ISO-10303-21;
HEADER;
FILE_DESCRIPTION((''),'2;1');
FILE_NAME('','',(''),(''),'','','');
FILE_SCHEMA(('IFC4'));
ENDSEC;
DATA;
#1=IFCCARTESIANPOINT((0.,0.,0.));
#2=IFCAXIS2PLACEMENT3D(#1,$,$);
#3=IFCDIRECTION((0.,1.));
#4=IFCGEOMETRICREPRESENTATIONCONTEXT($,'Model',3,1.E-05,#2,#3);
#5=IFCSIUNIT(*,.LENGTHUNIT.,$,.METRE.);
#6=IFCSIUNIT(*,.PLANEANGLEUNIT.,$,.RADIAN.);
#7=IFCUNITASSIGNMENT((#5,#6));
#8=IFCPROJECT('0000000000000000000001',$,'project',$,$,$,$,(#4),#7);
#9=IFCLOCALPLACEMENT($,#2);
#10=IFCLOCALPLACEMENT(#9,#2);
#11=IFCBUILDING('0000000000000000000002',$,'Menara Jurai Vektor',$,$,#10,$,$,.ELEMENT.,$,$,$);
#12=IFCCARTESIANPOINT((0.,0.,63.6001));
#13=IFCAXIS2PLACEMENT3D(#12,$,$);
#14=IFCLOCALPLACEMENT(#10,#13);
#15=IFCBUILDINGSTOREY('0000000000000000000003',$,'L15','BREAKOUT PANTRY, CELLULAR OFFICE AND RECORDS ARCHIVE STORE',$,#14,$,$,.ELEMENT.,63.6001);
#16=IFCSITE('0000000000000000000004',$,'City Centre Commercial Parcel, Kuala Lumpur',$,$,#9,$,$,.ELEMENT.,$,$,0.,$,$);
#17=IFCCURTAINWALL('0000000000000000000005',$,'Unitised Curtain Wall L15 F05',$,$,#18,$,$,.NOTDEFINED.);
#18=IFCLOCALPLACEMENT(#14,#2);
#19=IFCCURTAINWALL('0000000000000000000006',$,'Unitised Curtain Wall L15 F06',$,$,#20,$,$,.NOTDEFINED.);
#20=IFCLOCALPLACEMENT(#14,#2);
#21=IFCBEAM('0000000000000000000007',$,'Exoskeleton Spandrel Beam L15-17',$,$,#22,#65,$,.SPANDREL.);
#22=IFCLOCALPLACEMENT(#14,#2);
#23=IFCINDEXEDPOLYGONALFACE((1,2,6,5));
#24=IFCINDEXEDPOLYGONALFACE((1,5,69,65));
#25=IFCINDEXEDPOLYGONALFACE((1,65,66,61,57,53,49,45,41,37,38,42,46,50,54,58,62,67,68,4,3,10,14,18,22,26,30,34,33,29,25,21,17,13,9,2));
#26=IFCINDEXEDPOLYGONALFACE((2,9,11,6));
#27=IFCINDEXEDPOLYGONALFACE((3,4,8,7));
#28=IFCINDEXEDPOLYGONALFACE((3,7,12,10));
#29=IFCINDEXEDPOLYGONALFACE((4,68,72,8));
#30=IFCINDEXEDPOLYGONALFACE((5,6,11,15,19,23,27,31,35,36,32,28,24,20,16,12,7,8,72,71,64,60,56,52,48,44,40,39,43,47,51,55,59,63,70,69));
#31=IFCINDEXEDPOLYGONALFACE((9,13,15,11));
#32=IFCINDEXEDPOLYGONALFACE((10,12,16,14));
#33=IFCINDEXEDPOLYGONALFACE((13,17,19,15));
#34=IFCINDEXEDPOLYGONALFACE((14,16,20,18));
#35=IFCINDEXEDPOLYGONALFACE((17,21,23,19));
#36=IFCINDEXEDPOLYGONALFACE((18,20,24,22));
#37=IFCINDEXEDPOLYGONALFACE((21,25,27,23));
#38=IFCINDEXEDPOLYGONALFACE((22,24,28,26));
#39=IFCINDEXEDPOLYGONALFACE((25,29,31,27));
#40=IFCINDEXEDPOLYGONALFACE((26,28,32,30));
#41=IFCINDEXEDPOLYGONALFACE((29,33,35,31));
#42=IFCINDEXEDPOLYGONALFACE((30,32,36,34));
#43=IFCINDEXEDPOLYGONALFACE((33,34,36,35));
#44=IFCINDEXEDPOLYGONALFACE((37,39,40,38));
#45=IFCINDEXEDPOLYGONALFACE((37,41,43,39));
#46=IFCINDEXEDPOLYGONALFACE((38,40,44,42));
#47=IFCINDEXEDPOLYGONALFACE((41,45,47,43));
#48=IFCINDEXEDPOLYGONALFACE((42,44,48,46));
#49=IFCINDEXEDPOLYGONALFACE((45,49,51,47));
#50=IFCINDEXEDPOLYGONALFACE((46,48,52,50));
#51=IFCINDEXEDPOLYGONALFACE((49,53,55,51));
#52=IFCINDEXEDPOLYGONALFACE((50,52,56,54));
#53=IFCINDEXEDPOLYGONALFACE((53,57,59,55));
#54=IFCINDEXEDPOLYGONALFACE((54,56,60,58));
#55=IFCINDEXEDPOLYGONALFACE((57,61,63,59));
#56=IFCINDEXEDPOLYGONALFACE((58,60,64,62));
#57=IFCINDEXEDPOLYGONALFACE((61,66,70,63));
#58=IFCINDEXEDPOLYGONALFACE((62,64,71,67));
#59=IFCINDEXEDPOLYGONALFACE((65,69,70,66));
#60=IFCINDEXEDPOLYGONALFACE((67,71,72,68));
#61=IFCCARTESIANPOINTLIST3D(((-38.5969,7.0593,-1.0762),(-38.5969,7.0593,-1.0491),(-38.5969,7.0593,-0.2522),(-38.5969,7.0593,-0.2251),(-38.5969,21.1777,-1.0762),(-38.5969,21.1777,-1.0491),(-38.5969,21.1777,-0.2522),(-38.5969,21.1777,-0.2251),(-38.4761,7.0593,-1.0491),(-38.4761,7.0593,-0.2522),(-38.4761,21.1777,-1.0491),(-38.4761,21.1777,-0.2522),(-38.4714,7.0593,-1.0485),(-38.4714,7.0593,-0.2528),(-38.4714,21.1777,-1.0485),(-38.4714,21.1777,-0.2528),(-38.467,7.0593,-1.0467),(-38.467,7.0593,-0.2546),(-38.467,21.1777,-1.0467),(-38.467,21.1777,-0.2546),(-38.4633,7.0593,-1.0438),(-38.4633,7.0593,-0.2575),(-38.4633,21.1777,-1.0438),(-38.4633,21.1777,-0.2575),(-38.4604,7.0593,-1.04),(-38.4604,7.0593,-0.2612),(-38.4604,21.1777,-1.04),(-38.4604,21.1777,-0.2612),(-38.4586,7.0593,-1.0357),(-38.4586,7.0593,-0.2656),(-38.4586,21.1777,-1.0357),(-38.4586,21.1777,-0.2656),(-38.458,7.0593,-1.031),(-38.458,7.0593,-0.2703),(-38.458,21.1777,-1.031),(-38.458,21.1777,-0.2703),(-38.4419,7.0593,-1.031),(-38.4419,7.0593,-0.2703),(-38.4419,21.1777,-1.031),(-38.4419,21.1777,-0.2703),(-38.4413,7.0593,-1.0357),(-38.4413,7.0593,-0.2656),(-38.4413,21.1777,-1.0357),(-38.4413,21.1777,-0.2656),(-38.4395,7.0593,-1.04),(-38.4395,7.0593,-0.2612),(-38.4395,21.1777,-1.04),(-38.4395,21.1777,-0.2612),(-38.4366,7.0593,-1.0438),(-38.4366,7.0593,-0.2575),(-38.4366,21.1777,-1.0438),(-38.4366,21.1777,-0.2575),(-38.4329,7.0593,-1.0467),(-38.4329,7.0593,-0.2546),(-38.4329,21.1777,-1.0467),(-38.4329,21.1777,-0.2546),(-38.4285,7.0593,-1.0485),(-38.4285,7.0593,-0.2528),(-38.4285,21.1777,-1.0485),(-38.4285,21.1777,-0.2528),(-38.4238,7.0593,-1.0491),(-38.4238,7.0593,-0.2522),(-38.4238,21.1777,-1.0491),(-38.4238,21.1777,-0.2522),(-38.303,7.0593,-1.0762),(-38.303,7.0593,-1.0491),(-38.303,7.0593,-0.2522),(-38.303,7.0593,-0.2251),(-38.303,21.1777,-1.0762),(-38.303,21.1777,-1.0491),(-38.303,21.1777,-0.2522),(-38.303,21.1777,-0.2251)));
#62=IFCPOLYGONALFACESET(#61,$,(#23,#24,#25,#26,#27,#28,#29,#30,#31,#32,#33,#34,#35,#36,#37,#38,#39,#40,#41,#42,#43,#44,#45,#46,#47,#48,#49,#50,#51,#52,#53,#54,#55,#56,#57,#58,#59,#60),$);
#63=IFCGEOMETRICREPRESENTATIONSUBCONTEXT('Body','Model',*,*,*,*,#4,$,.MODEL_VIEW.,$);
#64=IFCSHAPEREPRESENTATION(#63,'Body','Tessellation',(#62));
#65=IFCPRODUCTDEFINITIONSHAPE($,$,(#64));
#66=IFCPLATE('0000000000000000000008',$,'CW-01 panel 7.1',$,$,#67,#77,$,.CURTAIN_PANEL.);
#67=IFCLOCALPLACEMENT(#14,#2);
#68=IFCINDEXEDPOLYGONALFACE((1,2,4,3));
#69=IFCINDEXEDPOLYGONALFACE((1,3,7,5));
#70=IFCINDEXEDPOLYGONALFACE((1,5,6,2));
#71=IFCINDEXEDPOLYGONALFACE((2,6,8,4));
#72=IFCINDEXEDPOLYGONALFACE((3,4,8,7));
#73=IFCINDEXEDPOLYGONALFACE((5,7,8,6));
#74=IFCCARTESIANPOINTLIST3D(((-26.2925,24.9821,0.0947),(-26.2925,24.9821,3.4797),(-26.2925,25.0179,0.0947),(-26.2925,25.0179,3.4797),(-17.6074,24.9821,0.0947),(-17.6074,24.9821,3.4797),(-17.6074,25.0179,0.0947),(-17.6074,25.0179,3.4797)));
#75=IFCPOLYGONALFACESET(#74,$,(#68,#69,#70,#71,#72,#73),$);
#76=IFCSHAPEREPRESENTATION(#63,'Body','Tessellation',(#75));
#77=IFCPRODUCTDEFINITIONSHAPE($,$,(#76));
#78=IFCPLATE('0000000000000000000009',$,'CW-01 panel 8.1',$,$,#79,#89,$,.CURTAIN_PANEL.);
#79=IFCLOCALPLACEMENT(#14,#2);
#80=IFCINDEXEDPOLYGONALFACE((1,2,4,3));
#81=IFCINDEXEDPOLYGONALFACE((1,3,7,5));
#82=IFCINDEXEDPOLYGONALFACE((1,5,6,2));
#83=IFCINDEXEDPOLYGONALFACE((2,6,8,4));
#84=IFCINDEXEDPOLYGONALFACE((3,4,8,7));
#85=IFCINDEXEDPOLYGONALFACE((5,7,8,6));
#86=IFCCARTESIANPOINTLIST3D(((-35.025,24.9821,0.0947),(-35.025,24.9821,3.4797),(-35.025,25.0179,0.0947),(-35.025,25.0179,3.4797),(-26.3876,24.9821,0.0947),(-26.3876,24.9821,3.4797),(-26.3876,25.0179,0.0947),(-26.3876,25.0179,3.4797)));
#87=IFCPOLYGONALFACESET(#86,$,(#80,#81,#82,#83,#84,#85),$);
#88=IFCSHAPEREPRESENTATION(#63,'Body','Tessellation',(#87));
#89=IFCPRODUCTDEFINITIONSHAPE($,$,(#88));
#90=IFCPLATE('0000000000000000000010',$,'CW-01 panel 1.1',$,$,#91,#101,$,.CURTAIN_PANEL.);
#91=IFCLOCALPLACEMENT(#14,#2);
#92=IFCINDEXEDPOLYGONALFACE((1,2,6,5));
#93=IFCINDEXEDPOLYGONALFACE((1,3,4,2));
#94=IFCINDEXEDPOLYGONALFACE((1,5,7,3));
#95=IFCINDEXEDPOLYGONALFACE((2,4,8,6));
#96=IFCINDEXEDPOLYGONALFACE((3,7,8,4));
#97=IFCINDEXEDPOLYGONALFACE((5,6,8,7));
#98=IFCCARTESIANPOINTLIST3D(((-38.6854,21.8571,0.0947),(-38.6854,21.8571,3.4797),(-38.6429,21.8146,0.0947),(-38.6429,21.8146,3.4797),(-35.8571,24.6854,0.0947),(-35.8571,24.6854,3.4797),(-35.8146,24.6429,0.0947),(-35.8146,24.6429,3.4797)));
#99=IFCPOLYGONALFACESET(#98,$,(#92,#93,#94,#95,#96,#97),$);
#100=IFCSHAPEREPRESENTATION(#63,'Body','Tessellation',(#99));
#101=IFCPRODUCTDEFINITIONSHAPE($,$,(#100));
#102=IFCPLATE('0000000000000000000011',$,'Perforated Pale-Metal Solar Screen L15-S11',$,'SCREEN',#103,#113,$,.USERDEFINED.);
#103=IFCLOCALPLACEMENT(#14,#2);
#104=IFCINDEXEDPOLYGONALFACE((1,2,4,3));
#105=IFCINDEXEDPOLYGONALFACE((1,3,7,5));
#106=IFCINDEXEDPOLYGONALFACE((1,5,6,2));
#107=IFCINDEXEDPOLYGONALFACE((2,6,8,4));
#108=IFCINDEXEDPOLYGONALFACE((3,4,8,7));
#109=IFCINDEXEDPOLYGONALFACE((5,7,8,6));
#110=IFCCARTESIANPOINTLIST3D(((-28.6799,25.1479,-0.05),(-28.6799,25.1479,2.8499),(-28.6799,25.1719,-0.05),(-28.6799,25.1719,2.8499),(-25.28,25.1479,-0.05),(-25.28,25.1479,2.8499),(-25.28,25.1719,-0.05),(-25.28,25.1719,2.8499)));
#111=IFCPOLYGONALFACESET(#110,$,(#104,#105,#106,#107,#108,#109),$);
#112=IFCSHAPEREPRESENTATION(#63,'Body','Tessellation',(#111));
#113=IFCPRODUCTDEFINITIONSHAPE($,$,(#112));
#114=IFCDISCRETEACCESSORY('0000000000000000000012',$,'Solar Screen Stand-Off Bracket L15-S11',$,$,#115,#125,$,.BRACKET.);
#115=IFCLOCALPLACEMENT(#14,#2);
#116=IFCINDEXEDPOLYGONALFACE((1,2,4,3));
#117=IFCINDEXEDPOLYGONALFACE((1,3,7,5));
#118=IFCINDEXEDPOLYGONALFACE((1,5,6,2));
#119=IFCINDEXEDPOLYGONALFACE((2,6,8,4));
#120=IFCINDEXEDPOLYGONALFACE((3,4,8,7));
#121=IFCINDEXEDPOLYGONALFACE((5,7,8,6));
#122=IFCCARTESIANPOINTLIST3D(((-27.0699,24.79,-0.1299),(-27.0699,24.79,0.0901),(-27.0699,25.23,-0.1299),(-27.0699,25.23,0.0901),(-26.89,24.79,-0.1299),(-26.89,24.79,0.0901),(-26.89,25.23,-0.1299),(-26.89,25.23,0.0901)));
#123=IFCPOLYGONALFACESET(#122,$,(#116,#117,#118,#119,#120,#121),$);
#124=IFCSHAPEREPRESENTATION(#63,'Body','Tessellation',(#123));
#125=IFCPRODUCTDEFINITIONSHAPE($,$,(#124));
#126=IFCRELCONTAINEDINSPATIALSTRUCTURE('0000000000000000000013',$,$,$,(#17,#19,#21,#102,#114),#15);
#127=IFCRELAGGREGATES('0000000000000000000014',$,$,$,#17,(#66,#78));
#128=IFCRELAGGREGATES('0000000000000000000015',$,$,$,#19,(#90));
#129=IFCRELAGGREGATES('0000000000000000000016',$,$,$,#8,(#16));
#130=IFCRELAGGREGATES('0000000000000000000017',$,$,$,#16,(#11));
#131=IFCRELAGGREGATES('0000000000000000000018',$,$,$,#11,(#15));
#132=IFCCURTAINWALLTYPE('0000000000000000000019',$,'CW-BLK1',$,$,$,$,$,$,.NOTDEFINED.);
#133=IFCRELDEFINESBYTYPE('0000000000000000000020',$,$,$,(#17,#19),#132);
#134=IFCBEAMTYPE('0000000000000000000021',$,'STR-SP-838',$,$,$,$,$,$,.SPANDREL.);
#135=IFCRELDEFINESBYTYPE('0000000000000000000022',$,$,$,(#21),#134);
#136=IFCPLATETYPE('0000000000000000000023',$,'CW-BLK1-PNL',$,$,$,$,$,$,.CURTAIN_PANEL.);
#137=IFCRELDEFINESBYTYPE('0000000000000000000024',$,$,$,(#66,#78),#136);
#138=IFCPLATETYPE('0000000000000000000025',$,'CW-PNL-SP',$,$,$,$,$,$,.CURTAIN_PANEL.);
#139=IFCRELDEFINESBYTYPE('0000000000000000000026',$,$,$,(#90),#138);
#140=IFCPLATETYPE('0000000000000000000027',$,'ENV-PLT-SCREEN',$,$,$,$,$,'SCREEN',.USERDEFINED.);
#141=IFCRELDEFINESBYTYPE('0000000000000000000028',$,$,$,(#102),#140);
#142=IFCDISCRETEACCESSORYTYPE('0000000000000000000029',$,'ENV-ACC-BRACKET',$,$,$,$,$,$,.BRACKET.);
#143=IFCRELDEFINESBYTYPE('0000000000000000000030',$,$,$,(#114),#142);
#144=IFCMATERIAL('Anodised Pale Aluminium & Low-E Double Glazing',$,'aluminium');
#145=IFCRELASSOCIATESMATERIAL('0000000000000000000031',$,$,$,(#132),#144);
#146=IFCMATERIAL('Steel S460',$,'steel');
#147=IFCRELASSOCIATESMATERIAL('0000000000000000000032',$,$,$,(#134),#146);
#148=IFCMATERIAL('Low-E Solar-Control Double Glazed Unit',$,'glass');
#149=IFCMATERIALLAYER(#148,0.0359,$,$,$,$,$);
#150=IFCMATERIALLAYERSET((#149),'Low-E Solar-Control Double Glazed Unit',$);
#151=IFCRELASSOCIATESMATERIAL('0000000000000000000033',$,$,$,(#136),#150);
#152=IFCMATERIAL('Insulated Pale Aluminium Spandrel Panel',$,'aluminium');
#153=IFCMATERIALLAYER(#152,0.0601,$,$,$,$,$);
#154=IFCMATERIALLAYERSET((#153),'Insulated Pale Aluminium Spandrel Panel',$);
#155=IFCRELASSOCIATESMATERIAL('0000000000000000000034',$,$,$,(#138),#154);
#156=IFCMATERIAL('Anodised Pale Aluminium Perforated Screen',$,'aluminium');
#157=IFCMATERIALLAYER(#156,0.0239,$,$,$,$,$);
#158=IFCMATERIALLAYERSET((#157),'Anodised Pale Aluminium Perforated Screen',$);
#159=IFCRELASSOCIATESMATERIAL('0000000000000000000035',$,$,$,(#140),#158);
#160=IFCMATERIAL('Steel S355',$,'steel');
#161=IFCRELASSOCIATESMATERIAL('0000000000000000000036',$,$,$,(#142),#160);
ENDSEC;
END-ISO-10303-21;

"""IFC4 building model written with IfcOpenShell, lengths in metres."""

from ifc_helpers import new_model, si_unit, direction, frame, origin, origin_2d, place, context, subcontext, project, spatial, rectangle, i_section, extrude, material, layer, layer_set, material_profile, profile_set, type_object, element, aggregate, save


model = new_model("IFC4")

# Units and contexts
model_context = context("Model", 3, precision=1e-05, world=origin(), true_north=direction((0.0, 1.0)))
body_context = subcontext(model_context, "Body", "Model", "MODEL_VIEW")
ifc_project = project(units=[si_unit("LENGTHUNIT", "METRE"), si_unit("PLANEANGLEUNIT", "RADIAN")], contexts=[model_context])

# Site, building, storey
site_placement = place(None, origin())
site = spatial("IfcSite", under=ifc_project, at=site_placement, Name="City Centre Commercial Parcel, Kuala Lumpur", CompositionType="ELEMENT", RefElevation=0.0)
building_placement = place(site_placement, origin())
building = spatial("IfcBuilding", under=site, at=building_placement, Name="Menara Jurai Vektor", CompositionType="ELEMENT")
storey_placement = place(building_placement, frame((0.0, 0.0, 63.6001)))
storey = spatial("IfcBuildingStorey", under=building, at=storey_placement, Name="L15", Description="BREAKOUT PANTRY, CELLULAR OFFICE AND RECORDS ARCHIVE STORE", CompositionType="ELEMENT", Elevation=63.6001)

# Shared definitions
ifc_material_1 = material(Name="Steel S460", Category="steel")

# Curtain walls
ifc_material_2 = material(Name="Anodised Pale Aluminium & Low-E Double Glazing", Category="aluminium")
curtain_wall_type = type_object("IfcCurtainWallType", Name="CW-BLK1", PredefinedType="NOTDEFINED", material=ifc_material_2)
curtain_wall_1_placement = place(storey_placement, origin())
curtain_wall_1 = element("IfcCurtainWall", 1, at=curtain_wall_1_placement, inside=storey, type_object=curtain_wall_type, Name="Unitised Curtain Wall L15 F05", PredefinedType="NOTDEFINED")
curtain_wall_2_placement = place(storey_placement, origin())
curtain_wall_2 = element("IfcCurtainWall", 2, at=curtain_wall_2_placement, inside=storey, type_object=curtain_wall_type, Name="Unitised Curtain Wall L15 F06", PredefinedType="NOTDEFINED")

# Shared definitions
ifc_material_3 = material(Name="Steel S355", Category="steel")

# Beam
ifc_material_profile_1 = material_profile(ifc_material_1, i_section(OverallWidth=0.2939, OverallDepth=0.8511, WebThickness=0.0161, FlangeThickness=0.0271, FilletRadius=0.0181, at=origin_2d()), Name="UKB 838x292x226")
ifc_profile_set_1 = profile_set([ifc_material_profile_1], Name="Steel S460")
beam_type_1 = type_object("IfcBeamType", Name="STR-SP-838", PredefinedType="SPANDREL", material=ifc_profile_set_1)
beam_1_placement = place(storey_placement, frame((-38.45, 21.1777, -0.6506), z_axis=(0.0, -1.0, 0.0), x_axis=(1.0, 0.0, 0.0)))
element("IfcBeam", 3, at=beam_1_placement, inside=storey, type_object=beam_type_1, Name="Exoskeleton Spandrel Beam L15-17", PredefinedType="SPANDREL", context=body_context, shape_type="SweptSolid", body=[
    extrude(i_section(OverallWidth=0.2939, OverallDepth=0.8511, WebThickness=0.0161, FlangeThickness=0.0271, FilletRadius=0.0181, at=origin_2d()), origin(), (0.0, 0.0, 1.0), 14.1184),
])

# Plates
ifc_material_4 = material(Name="Low-E Solar-Control Double Glazed Unit", Category="glass")
ifc_layer_1 = layer(ifc_material_4, 0.0359)
ifc_layer_set_1 = layer_set([ifc_layer_1], Name="Low-E Solar-Control Double Glazed Unit")
plate_type_1 = type_object("IfcPlateType", Name="CW-BLK1-PNL", PredefinedType="CURTAIN_PANEL", material=ifc_layer_set_1)
plate_1_placement = place(storey_placement, frame((-21.95, 25.0, 0.0947), z_axis=(0.0, 0.0, 1.0), x_axis=(-1.0, 0.0, 0.0)))
plate_1 = element("IfcPlate", 4, at=plate_1_placement, type_object=plate_type_1, Name="CW-01 panel 7.1", PredefinedType="CURTAIN_PANEL", context=body_context, shape_type="SweptSolid", body=[
    extrude(rectangle(XDim=8.6851, YDim=0.0359, at=origin_2d()), origin(), (0.0, 0.0, 1.0), 3.385),
])
plate_2_placement = place(storey_placement, frame((-30.7063, 25.0, 0.0947), z_axis=(0.0, 0.0, 1.0), x_axis=(-1.0, 0.0, 0.0)))
plate_2 = element("IfcPlate", 5, at=plate_2_placement, type_object=plate_type_1, Name="CW-01 panel 8.1", PredefinedType="CURTAIN_PANEL", context=body_context, shape_type="SweptSolid", body=[
    extrude(rectangle(XDim=8.6375, YDim=0.0359, at=origin_2d()), origin(), (0.0, 0.0, 1.0), 3.385),
])
aggregate(curtain_wall_1, [plate_1, plate_2])
ifc_material_5 = material(Name="Insulated Pale Aluminium Spandrel Panel", Category="aluminium")
ifc_layer_2 = layer(ifc_material_5, 0.0601)
ifc_layer_set_2 = layer_set([ifc_layer_2], Name="Insulated Pale Aluminium Spandrel Panel")
plate_type_2 = type_object("IfcPlateType", Name="CW-PNL-SP", PredefinedType="CURTAIN_PANEL", material=ifc_layer_set_2)
plate_3_placement = place(storey_placement, frame((-37.25, 23.25, 0.0947), z_axis=(0.0, 0.0, 1.0), x_axis=(-0.707107, -0.707107, 0.0)))
plate_3 = element("IfcPlate", 6, at=plate_3_placement, type_object=plate_type_2, Name="CW-01 panel 1.1", PredefinedType="CURTAIN_PANEL", context=body_context, shape_type="SweptSolid", body=[
    extrude(rectangle(XDim=3.9998, YDim=0.0601, at=origin_2d()), origin(), (0.0, 0.0, 1.0), 3.385),
])
aggregate(curtain_wall_2, [plate_3])
ifc_material_6 = material(Name="Anodised Pale Aluminium Perforated Screen", Category="aluminium")
ifc_layer_3 = layer(ifc_material_6, 0.0239)
ifc_layer_set_3 = layer_set([ifc_layer_3], Name="Anodised Pale Aluminium Perforated Screen")
plate_type_3 = type_object("IfcPlateType", Name="ENV-PLT-SCREEN", ElementType="SCREEN", PredefinedType="USERDEFINED", material=ifc_layer_set_3)
plate_4_placement = place(storey_placement, frame((-26.98, 25.1599, -0.05), z_axis=(0.0, 0.0, 1.0), x_axis=(-1.0, 0.0, 0.0)))
element("IfcPlate", 7, at=plate_4_placement, inside=storey, type_object=plate_type_3, Name="Perforated Pale-Metal Solar Screen L15-S11", ObjectType="SCREEN", PredefinedType="USERDEFINED", context=body_context, shape_type="SweptSolid", body=[
    extrude(rectangle(XDim=3.3999, YDim=0.0239, at=origin_2d()), origin(), (0.0, 0.0, 1.0), 2.8999),
])

# Discrete accessory
discrete_accessory_type = type_object("IfcDiscreteAccessoryType", Name="ENV-ACC-BRACKET", PredefinedType="BRACKET", material=ifc_material_3)
discrete_accessory_placement = place(storey_placement, frame((-26.98, 25.01, -0.1299), z_axis=(0.0, 0.0, 1.0), x_axis=(-1.0, 0.0, 0.0)))
element("IfcDiscreteAccessory", 8, at=discrete_accessory_placement, inside=storey, type_object=discrete_accessory_type, Name="Solar Screen Stand-Off Bracket L15-S11", PredefinedType="BRACKET", context=body_context, shape_type="SweptSolid", body=[
    extrude(rectangle(XDim=0.1799, YDim=0.4399, at=origin_2d()), origin(), (0.0, 0.0, 1.0), 0.22),
])

save(model, "model.ifc")
